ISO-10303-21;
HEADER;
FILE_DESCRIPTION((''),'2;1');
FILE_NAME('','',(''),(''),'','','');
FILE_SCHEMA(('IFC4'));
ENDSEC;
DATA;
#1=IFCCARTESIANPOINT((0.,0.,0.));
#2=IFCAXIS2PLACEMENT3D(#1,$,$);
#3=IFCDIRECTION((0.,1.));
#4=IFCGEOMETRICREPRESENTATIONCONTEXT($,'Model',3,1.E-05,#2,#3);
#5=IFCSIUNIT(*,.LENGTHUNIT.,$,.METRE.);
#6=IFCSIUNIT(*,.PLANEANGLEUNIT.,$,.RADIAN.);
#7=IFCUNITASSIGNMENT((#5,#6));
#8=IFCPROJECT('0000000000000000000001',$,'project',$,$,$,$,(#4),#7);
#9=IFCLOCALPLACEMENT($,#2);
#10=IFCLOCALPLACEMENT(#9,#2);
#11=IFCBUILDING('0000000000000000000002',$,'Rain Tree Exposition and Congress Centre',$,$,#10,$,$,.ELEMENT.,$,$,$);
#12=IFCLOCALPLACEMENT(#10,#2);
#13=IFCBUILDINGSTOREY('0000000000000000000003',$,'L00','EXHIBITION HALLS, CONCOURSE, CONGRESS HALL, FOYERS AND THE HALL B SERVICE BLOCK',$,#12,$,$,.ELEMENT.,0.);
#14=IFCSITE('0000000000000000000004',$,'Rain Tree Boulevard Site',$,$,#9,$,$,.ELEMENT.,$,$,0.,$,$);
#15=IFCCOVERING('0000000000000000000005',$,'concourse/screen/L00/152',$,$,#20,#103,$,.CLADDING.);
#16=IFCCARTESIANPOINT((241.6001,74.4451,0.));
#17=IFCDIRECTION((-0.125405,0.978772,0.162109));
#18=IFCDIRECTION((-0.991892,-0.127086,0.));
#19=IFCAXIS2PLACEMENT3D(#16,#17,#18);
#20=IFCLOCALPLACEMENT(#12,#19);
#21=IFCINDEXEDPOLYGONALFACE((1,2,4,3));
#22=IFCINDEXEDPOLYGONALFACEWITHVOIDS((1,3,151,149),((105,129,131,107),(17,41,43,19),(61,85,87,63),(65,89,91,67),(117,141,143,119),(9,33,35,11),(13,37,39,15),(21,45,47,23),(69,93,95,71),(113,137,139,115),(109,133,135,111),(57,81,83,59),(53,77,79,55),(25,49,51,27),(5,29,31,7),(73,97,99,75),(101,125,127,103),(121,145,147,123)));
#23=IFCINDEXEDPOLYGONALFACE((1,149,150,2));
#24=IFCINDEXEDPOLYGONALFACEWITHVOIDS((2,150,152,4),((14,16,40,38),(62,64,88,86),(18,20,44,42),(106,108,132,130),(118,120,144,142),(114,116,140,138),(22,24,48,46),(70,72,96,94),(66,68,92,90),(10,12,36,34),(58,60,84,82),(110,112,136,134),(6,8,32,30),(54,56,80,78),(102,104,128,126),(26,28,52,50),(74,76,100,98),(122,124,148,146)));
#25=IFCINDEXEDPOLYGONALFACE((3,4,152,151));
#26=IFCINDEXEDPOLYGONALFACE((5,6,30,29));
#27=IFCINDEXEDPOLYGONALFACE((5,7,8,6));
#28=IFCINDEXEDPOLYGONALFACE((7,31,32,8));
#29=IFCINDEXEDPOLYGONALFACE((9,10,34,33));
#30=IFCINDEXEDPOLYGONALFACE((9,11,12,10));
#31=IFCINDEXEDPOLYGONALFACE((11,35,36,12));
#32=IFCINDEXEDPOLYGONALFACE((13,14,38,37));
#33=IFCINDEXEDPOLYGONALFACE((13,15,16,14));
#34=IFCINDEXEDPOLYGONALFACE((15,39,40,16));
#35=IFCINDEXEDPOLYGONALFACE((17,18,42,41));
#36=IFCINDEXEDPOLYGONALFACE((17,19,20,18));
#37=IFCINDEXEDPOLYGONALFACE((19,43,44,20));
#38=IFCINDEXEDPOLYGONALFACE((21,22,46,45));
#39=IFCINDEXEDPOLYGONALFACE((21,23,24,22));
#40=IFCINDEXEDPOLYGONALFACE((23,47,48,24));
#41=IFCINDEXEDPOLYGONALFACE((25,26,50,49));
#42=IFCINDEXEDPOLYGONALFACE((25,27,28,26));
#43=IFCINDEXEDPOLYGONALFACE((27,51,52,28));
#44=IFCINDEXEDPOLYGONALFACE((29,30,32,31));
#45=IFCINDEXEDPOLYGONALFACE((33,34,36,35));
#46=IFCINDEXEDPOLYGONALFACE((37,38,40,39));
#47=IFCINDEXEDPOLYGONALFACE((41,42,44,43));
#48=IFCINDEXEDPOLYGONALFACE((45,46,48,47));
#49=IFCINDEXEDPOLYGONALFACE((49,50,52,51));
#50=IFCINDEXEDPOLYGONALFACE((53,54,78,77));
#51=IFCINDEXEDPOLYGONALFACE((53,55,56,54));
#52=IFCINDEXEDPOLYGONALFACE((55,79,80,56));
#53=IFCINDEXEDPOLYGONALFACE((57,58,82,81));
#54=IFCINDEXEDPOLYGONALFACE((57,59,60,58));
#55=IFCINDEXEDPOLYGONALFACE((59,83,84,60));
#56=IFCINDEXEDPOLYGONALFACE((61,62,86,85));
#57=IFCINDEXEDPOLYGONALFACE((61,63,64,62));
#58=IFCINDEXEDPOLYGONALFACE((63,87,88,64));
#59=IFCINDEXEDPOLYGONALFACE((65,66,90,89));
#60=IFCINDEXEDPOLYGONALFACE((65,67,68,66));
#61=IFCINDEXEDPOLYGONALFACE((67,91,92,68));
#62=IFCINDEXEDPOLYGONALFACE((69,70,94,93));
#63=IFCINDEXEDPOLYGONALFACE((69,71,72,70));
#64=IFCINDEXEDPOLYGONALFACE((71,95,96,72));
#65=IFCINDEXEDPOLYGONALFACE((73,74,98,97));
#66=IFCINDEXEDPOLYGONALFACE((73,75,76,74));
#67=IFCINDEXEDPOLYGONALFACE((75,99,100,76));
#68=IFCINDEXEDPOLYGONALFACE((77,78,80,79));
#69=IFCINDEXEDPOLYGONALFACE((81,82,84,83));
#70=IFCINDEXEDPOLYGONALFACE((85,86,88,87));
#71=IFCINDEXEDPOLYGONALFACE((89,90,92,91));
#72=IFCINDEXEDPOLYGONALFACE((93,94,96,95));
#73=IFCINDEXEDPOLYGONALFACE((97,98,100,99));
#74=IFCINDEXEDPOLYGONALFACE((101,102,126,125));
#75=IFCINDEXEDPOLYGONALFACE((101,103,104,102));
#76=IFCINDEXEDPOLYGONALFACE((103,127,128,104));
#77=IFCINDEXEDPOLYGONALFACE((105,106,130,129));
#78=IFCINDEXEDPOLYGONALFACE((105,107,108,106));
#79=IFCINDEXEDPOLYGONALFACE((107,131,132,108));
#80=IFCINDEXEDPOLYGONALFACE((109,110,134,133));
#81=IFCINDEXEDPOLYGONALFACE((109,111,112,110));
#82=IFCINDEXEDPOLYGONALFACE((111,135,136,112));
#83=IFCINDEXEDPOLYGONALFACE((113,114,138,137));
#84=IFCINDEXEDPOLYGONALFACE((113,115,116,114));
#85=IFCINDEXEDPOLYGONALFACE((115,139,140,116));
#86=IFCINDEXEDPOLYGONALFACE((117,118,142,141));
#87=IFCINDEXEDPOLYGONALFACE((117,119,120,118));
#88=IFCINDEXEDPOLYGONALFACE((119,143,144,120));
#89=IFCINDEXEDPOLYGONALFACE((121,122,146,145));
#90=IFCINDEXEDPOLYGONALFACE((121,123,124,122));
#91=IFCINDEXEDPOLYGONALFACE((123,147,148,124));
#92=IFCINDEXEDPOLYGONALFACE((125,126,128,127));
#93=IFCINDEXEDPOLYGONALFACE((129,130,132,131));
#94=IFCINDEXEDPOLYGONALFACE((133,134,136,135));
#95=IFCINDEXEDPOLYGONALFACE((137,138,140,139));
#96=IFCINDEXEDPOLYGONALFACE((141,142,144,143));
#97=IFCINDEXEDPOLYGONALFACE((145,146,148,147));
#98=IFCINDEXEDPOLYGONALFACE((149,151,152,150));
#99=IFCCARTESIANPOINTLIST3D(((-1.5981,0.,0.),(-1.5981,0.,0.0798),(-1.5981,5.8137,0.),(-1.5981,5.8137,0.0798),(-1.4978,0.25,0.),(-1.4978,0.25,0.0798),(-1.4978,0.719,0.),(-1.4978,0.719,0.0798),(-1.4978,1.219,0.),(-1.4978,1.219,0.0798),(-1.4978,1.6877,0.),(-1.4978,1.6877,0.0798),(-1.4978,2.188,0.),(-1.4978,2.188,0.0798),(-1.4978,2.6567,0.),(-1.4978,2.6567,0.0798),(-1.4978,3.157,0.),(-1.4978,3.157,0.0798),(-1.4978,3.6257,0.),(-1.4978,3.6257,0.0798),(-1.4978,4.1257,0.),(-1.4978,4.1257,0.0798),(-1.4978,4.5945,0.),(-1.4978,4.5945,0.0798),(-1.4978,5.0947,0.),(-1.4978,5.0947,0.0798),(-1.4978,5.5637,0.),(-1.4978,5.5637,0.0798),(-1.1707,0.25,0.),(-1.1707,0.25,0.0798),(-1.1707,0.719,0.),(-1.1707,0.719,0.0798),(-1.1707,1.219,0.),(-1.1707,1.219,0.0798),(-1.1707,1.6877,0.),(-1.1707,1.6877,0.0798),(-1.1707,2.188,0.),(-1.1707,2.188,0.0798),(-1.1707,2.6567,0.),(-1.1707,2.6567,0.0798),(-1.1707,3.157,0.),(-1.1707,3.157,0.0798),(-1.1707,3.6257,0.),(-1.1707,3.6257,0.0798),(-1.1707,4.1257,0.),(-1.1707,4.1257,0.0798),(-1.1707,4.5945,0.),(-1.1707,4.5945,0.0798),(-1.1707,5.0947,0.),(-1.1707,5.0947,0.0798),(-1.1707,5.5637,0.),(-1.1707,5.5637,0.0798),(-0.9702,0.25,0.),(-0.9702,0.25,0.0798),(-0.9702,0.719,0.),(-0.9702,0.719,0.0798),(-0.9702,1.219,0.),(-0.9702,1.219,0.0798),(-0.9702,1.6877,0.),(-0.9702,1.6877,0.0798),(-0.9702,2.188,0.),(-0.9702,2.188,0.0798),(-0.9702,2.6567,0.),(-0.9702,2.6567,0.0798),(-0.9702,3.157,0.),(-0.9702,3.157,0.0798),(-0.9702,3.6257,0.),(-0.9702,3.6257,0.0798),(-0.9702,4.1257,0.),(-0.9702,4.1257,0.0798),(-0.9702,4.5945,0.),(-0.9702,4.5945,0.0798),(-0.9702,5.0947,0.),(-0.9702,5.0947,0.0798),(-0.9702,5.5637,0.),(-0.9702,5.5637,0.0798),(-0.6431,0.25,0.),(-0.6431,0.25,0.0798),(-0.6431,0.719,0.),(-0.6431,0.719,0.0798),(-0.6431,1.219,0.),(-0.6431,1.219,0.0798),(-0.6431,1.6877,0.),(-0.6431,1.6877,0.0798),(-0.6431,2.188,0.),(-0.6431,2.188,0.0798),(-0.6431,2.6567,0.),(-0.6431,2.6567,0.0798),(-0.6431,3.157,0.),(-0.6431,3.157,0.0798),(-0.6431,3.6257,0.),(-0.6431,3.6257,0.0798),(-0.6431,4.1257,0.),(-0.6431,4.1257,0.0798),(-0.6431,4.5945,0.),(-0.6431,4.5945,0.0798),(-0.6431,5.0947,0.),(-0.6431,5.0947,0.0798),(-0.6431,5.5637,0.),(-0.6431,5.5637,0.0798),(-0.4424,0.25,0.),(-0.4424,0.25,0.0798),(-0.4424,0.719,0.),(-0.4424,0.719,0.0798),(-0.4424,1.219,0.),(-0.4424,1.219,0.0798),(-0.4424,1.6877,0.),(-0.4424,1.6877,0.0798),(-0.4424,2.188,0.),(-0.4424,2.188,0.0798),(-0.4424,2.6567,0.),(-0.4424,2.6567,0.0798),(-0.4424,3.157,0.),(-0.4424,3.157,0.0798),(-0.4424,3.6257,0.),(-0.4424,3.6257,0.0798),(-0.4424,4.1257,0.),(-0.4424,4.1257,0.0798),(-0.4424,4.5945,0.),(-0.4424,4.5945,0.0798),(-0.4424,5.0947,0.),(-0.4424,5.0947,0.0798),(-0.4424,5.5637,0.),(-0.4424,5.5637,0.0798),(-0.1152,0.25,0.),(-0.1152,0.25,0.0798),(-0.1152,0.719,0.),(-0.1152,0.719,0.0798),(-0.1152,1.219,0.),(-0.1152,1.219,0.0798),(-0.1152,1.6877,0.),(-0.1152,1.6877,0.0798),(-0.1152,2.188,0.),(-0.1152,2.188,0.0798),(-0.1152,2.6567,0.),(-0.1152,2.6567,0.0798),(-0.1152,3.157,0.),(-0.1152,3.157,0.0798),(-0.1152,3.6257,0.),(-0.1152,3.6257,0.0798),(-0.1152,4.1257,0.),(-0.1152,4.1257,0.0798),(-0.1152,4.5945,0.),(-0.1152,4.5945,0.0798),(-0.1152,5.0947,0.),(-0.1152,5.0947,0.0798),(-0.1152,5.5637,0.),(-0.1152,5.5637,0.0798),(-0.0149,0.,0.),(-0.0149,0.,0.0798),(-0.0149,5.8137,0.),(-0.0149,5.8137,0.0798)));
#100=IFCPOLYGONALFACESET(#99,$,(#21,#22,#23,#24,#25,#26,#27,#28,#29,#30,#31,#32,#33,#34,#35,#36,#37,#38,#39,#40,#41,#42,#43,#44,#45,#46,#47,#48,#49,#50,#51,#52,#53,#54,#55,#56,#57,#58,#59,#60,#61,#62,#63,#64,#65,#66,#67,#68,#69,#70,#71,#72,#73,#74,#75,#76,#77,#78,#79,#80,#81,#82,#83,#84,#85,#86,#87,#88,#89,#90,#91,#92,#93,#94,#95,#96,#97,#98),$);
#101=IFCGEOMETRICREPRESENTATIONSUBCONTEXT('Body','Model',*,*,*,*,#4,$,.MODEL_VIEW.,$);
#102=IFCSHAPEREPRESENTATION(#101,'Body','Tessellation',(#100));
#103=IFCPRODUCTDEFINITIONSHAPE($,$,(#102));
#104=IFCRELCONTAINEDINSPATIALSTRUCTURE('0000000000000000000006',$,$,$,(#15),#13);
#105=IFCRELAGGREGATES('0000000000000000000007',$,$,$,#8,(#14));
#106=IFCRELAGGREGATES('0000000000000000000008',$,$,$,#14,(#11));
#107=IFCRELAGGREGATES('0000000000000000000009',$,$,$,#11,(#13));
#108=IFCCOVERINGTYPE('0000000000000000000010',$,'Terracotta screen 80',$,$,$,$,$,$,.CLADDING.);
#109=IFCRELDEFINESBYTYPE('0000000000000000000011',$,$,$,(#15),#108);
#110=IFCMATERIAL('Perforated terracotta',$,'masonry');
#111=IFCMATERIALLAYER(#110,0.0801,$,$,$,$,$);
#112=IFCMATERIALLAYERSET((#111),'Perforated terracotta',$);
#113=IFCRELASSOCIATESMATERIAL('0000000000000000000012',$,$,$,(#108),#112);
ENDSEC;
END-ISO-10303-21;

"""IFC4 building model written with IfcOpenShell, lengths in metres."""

from ifc_helpers import new_model, si_unit, direction, frame, origin, place, context, subcontext, project, spatial, polyline, outline, extrude, material, layer, layer_set, type_object, element, save


model = new_model("IFC4")

# Units and contexts
model_context = context("Model", 3, precision=1e-05, world=origin(), true_north=direction((0.0, 1.0)))
body_context = subcontext(model_context, "Body", "Model", "MODEL_VIEW")
ifc_project = project(units=[si_unit("LENGTHUNIT", "METRE"), si_unit("PLANEANGLEUNIT", "RADIAN")], contexts=[model_context])

# Site, building, storey
site_placement = place(None, origin())
site = spatial("IfcSite", under=ifc_project, at=site_placement, Name="Rain Tree Boulevard Site", CompositionType="ELEMENT", RefElevation=0.0)
building_placement = place(site_placement, origin())
building = spatial("IfcBuilding", under=site, at=building_placement, Name="Rain Tree Exposition and Congress Centre", CompositionType="ELEMENT")
storey_placement = place(building_placement, origin())
storey = spatial("IfcBuildingStorey", under=building, at=storey_placement, Name="L00", Description="EXHIBITION HALLS, CONCOURSE, CONGRESS HALL, FOYERS AND THE HALL B SERVICE BLOCK", CompositionType="ELEMENT", Elevation=0.0)

# Covering
ifc_material_1 = material(Name="Perforated terracotta", Category="masonry")
ifc_layer_1 = layer(ifc_material_1, 0.0801)
ifc_layer_set_1 = layer_set([ifc_layer_1], Name="Perforated terracotta")
covering_type = type_object("IfcCoveringType", Name="Terracotta screen 80", PredefinedType="CLADDING", material=ifc_layer_set_1)
covering_1_placement = place(storey_placement, frame((241.6001, 74.4451, 0.0), z_axis=(-0.125405, 0.978772, 0.162109), x_axis=(-0.991892, -0.127086, 0.0)))
element("IfcCovering", 1, at=covering_1_placement, inside=storey, type_object=covering_type, Name="concourse/screen/L00/152", PredefinedType="CLADDING", context=body_context, shape_type="SweptSolid", body=[
    extrude(outline(polyline([(-0.0149, 0.0), (-1.5981, 0.0), (-1.5981, 5.8137), (-0.0149, 5.8137), (-0.0149, 0.0)]), holes=[polyline([(-0.1152, 0.25), (-0.1152, 0.719), (-0.4424, 0.719), (-0.4424, 0.25), (-0.1152, 0.25)]), polyline([(-0.1152, 1.219), (-0.1152, 1.6877), (-0.4424, 1.6877), (-0.4424, 1.219), (-0.1152, 1.219)]), polyline([(-0.1152, 2.188), (-0.1152, 2.6567), (-0.4424, 2.6567), (-0.4424, 2.188), (-0.1152, 2.188)]), polyline([(-0.1152, 3.157), (-0.1152, 3.6257), (-0.4424, 3.6257), (-0.4424, 3.157), (-0.1152, 3.157)]), polyline([(-0.1152, 4.1257), (-0.1152, 4.5945), (-0.4424, 4.5945), (-0.4424, 4.1257), (-0.1152, 4.1257)]), polyline([(-0.1152, 5.0947), (-0.1152, 5.5637), (-0.4424, 5.5637), (-0.4424, 5.0947), (-0.1152, 5.0947)]), polyline([(-0.6431, 0.25), (-0.6431, 0.719), (-0.9702, 0.719), (-0.9702, 0.25), (-0.6431, 0.25)]), polyline([(-0.6431, 1.219), (-0.6431, 1.6877), (-0.9702, 1.6877), (-0.9702, 1.219), (-0.6431, 1.219)]), polyline([(-0.6431, 2.188), (-0.6431, 2.6567), (-0.9702, 2.6567), (-0.9702, 2.188), (-0.6431, 2.188)]), polyline([(-0.6431, 3.157), (-0.6431, 3.6257), (-0.9702, 3.6257), (-0.9702, 3.157), (-0.6431, 3.157)]), polyline([(-0.6431, 4.1257), (-0.6431, 4.5945), (-0.9702, 4.5945), (-0.9702, 4.1257), (-0.6431, 4.1257)]), polyline([(-0.6431, 5.0947), (-0.6431, 5.5637), (-0.9702, 5.5637), (-0.9702, 5.0947), (-0.6431, 5.0947)]), polyline([(-1.1707, 0.25), (-1.1707, 0.719), (-1.4978, 0.719), (-1.4978, 0.25), (-1.1707, 0.25)]), polyline([(-1.1707, 1.219), (-1.1707, 1.6877), (-1.4978, 1.6877), (-1.4978, 1.219), (-1.1707, 1.219)]), polyline([(-1.1707, 2.188), (-1.1707, 2.6567), (-1.4978, 2.6567), (-1.4978, 2.188), (-1.1707, 2.188)]), polyline([(-1.1707, 3.157), (-1.1707, 3.6257), (-1.4978, 3.6257), (-1.4978, 3.157), (-1.1707, 3.157)]), polyline([(-1.1707, 4.1257), (-1.1707, 4.5945), (-1.4978, 4.5945), (-1.4978, 4.1257), (-1.1707, 4.1257)]), polyline([(-1.1707, 5.0947), (-1.1707, 5.5637), (-1.4978, 5.5637), (-1.4978, 5.0947), (-1.1707, 5.0947)])]), origin(), (0.0, 0.0, 1.0), 0.0798),
])

save(model, "model.ifc")
